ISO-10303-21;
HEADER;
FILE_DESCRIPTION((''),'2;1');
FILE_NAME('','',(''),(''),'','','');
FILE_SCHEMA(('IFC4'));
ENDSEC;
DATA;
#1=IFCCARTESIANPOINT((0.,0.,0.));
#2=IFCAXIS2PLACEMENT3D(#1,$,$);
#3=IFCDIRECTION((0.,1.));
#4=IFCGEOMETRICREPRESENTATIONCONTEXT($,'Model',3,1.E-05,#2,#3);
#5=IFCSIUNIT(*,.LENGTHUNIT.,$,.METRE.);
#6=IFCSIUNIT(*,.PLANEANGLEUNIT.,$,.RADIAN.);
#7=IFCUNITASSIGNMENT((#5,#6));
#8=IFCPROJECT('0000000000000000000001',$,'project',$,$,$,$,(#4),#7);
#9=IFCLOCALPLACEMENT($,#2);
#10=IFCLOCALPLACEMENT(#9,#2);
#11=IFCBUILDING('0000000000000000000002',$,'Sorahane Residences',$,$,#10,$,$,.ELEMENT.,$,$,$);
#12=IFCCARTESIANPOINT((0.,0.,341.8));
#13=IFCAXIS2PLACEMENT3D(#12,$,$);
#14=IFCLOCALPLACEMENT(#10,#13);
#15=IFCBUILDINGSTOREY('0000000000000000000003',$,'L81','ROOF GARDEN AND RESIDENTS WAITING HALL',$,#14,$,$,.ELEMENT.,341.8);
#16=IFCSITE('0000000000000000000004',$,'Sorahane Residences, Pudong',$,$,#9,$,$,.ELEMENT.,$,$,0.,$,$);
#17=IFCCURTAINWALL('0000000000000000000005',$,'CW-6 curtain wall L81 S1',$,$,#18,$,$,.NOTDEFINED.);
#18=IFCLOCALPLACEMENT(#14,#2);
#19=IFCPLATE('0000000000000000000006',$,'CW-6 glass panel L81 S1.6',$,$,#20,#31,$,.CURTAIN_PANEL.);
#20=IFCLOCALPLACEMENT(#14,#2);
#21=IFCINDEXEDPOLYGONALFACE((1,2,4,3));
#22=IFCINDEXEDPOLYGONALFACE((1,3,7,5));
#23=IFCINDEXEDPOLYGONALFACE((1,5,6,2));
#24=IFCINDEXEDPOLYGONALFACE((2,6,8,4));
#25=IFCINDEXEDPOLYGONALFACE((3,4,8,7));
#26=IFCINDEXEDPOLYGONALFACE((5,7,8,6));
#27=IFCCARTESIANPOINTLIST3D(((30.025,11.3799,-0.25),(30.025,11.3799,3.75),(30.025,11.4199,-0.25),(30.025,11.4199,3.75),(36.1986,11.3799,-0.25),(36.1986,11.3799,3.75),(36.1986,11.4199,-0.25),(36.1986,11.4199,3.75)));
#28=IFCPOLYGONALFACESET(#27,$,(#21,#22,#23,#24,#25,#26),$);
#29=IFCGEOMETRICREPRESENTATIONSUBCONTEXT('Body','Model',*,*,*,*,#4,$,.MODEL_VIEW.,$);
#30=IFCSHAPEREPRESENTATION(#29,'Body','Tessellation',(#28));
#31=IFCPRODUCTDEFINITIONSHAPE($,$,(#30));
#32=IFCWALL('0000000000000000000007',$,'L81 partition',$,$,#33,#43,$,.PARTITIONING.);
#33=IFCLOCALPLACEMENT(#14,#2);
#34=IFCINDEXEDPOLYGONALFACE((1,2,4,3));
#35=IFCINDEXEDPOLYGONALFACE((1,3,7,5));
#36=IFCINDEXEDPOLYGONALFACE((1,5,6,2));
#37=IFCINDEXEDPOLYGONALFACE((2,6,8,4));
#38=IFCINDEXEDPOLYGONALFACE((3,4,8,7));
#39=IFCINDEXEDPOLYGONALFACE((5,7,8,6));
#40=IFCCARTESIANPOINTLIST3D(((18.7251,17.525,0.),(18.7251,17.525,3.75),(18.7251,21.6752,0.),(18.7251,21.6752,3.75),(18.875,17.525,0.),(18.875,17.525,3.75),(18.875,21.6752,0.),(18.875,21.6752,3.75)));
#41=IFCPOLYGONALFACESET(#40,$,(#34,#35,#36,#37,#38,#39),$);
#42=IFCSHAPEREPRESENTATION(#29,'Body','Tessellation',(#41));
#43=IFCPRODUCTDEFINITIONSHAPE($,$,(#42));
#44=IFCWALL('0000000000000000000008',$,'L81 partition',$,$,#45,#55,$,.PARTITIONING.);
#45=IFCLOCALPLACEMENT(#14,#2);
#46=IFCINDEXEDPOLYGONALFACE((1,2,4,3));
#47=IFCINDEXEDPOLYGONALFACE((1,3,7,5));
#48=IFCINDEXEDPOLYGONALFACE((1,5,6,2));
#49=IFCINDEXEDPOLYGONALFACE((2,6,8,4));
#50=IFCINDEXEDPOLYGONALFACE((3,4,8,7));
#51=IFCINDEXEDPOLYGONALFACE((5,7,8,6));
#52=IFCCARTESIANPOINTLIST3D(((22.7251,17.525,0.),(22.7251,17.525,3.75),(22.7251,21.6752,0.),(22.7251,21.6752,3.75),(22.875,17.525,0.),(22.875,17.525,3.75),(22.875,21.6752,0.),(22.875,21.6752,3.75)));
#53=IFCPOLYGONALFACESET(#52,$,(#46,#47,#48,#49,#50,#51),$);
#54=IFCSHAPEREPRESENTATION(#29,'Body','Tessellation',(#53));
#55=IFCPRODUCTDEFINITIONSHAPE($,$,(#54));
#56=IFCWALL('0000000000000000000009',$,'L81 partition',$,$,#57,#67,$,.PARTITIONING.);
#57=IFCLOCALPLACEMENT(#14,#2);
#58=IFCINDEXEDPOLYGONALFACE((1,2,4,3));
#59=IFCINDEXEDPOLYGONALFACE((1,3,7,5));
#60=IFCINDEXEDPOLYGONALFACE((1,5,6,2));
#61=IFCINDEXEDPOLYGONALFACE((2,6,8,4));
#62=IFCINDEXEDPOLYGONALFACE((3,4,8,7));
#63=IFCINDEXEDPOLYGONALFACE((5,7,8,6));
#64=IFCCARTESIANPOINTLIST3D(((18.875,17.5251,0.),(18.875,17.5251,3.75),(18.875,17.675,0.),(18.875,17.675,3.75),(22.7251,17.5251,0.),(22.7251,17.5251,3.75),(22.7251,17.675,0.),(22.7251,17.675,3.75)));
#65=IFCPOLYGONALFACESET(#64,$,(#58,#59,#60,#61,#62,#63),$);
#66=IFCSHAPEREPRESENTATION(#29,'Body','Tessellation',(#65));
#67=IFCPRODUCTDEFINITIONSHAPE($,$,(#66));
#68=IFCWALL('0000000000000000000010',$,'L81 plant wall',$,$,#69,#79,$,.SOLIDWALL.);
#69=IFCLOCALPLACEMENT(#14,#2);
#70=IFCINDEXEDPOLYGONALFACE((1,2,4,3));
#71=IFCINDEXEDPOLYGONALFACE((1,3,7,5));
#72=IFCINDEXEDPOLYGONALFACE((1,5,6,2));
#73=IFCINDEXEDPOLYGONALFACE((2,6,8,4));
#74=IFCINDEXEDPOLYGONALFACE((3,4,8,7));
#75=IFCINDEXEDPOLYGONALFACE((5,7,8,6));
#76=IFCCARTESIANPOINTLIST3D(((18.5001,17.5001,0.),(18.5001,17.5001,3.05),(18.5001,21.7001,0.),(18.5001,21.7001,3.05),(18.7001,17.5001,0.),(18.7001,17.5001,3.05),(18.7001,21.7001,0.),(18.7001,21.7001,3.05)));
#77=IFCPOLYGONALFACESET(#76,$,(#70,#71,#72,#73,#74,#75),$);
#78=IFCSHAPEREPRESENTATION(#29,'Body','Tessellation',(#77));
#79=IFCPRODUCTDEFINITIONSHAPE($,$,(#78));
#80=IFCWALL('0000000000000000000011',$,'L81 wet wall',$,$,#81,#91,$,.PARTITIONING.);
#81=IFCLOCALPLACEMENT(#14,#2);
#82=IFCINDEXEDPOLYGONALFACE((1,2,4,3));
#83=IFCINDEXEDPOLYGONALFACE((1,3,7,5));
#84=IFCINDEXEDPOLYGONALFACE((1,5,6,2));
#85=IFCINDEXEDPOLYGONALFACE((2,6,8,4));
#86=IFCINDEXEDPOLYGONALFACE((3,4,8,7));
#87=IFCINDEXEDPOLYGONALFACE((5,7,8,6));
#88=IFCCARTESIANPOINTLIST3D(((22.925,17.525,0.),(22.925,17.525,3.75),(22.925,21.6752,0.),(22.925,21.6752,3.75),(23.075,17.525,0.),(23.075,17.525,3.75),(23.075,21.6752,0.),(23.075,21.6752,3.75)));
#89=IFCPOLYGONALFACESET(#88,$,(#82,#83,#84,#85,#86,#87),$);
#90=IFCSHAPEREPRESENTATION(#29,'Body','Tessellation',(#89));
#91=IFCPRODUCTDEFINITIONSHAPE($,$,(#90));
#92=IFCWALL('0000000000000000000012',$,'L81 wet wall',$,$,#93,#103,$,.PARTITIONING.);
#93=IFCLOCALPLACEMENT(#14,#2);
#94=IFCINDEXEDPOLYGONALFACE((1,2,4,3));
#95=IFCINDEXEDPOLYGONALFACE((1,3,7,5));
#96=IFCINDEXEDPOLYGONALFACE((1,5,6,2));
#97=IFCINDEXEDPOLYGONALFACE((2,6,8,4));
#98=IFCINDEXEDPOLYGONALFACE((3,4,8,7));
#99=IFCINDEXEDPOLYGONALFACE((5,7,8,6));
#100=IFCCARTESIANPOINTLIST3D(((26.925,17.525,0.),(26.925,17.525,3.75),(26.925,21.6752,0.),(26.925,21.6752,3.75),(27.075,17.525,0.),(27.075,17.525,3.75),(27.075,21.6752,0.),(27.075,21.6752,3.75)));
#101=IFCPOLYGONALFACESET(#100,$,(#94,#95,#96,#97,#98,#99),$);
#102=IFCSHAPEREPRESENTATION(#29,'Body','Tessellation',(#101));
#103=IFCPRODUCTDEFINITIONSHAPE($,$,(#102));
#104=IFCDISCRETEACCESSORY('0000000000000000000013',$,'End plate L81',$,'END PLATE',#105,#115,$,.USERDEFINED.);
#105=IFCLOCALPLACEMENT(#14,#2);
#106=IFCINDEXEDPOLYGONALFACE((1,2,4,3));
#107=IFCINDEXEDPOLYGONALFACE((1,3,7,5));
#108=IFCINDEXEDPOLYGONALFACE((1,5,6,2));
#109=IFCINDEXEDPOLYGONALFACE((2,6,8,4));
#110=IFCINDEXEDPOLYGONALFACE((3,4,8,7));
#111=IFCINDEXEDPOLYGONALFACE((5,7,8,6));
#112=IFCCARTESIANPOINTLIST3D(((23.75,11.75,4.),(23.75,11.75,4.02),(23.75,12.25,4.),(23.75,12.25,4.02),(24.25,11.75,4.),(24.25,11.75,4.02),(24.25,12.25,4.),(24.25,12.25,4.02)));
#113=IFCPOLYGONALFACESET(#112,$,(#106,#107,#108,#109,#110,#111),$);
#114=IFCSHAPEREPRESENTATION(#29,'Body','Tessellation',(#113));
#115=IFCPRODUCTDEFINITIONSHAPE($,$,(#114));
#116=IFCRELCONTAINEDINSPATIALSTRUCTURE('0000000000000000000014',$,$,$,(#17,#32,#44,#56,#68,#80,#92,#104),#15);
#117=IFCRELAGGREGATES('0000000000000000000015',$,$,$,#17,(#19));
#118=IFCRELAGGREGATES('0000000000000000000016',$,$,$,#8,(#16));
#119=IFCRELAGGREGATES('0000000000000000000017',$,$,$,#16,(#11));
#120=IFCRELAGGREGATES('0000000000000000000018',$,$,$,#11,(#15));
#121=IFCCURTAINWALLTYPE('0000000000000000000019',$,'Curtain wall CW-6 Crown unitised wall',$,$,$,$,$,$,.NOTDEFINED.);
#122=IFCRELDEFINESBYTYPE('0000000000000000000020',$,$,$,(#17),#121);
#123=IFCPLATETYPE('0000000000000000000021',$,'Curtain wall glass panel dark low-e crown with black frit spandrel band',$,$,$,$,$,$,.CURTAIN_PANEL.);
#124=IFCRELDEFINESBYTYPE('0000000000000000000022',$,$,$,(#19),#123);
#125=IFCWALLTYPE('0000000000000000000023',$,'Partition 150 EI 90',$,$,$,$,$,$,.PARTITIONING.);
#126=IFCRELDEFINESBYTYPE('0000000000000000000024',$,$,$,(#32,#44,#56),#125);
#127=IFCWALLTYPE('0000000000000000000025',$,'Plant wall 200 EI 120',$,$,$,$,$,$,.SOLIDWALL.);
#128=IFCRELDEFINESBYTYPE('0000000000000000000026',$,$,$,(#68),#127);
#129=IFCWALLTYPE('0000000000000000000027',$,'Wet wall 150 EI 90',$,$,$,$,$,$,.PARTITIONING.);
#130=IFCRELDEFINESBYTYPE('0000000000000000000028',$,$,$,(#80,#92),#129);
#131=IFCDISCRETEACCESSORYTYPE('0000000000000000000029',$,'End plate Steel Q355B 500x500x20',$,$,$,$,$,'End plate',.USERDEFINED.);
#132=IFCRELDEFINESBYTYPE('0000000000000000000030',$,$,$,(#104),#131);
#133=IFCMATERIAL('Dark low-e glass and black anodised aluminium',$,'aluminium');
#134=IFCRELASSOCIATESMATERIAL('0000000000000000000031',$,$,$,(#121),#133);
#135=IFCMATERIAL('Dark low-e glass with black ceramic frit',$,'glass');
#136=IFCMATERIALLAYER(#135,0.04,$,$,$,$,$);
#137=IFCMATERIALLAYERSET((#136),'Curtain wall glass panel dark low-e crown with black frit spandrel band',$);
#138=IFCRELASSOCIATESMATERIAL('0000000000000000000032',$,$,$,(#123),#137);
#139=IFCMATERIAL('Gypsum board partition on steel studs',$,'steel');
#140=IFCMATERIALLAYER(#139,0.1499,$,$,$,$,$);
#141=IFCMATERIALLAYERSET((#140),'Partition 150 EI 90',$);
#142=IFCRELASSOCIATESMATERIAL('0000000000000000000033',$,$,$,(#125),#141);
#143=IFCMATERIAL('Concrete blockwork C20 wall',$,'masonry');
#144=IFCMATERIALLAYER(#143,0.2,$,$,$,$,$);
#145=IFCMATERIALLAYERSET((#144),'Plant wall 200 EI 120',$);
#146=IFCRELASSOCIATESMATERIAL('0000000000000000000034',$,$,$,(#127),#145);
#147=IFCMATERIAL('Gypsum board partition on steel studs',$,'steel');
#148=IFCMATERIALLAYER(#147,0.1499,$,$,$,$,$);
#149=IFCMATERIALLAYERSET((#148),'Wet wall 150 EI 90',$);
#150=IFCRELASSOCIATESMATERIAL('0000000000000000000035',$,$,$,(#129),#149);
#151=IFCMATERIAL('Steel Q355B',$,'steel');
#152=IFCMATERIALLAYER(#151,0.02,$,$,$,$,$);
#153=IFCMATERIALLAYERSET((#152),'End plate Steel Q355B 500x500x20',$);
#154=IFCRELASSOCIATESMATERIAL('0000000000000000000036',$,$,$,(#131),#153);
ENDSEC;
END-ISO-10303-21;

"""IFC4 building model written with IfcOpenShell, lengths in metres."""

from ifc_helpers import new_model, si_unit, direction, frame, frame_2d, origin, origin_2d, place, context, subcontext, project, spatial, rectangle, extrude, material, layer, layer_set, type_object, element, aggregate, save


model = new_model("IFC4")

# Units and contexts
model_context = context("Model", 3, precision=1e-05, world=origin(), true_north=direction((0.0, 1.0)))
body_context = subcontext(model_context, "Body", "Model", "MODEL_VIEW")
ifc_project = project(units=[si_unit("LENGTHUNIT", "METRE"), si_unit("PLANEANGLEUNIT", "RADIAN")], contexts=[model_context])

# Site, building, storey
site_placement = place(None, origin())
site = spatial("IfcSite", under=ifc_project, at=site_placement, Name="Sorahane Residences, Pudong", CompositionType="ELEMENT", RefElevation=0.0)
building_placement = place(site_placement, origin())
building = spatial("IfcBuilding", under=site, at=building_placement, Name="Sorahane Residences", CompositionType="ELEMENT")
storey_placement = place(building_placement, frame((0.0, 0.0, 341.8)))
storey = spatial("IfcBuildingStorey", under=building, at=storey_placement, Name="L81", Description="ROOF GARDEN AND RESIDENTS WAITING HALL", CompositionType="ELEMENT", Elevation=341.8)

# Curtain wall
ifc_material_1 = material(Name="Dark low-e glass and black anodised aluminium", Category="aluminium")
curtain_wall_type = type_object("IfcCurtainWallType", Name="Curtain wall CW-6 Crown unitised wall", PredefinedType="NOTDEFINED", material=ifc_material_1)
curtain_wall_placement = place(storey_placement, origin())
curtain_wall = element("IfcCurtainWall", 1, at=curtain_wall_placement, inside=storey, type_object=curtain_wall_type, Name="CW-6 curtain wall L81 S1", PredefinedType="NOTDEFINED")

# Plate
ifc_material_2 = material(Name="Dark low-e glass with black ceramic frit", Category="glass")
ifc_layer_1 = layer(ifc_material_2, 0.04)
ifc_layer_set_1 = layer_set([ifc_layer_1], Name="Curtain wall glass panel dark low-e crown with black frit spandrel band")
plate_type = type_object("IfcPlateType", Name="Curtain wall glass panel dark low-e crown with black frit spandrel band", PredefinedType="CURTAIN_PANEL", material=ifc_layer_set_1)
plate_1_placement = place(storey_placement, frame((33.1118, 11.3999, -0.25), z_axis=(0.0, 0.0, 1.0), x_axis=(1.0, 0.0, 0.0)))
plate_1 = element("IfcPlate", 2, at=plate_1_placement, type_object=plate_type, Name="CW-6 glass panel L81 S1.6", PredefinedType="CURTAIN_PANEL", context=body_context, shape_type="SweptSolid", body=[
    extrude(rectangle(XDim=6.1736, YDim=0.04, at=origin_2d()), origin(), (0.0, 0.0, 1.0), 4.0),
])
aggregate(curtain_wall, [plate_1])

# Walls
ifc_material_3 = material(Name="Gypsum board partition on steel studs", Category="steel")
ifc_layer_2 = layer(ifc_material_3, 0.1499)
ifc_layer_set_2 = layer_set([ifc_layer_2], Name="Partition 150 EI 90")
wall_type_1 = type_object("IfcWallType", Name="Partition 150 EI 90", PredefinedType="PARTITIONING", material=ifc_layer_set_2)
for number, where, z_axis, x_axis, name in (
    (3, (18.8, 17.5249, 0.0), (0.0, 0.0, 1.0), (0.0, 1.0, 0.0), "L81 partition"),
    (4, (22.8, 17.5249, 0.0), (0.0, 0.0, 1.0), (0.0, 1.0, 0.0), "L81 partition"),
):
    element("IfcWall", number, at=place(storey_placement, frame(where, z_axis=z_axis, x_axis=x_axis)), inside=storey, type_object=wall_type_1, Name=name, PredefinedType="PARTITIONING", context=body_context, shape_type="SweptSolid", body=[
        extrude(rectangle(XDim=4.1501, YDim=0.1499, at=frame_2d((2.0752, 0.0))), origin(), (0.0, 0.0, 1.0), 3.75),
    ])
wall_1_placement = place(storey_placement, frame((18.875, 17.6001, 0.0), z_axis=(0.0, 0.0, 1.0), x_axis=(1.0, 0.0, 0.0)))
element("IfcWall", 5, at=wall_1_placement, inside=storey, type_object=wall_type_1, Name="L81 partition", PredefinedType="PARTITIONING", context=body_context, shape_type="SweptSolid", body=[
    extrude(rectangle(XDim=3.8501, YDim=0.1499, at=frame_2d((1.925, 0.0))), origin(), (0.0, 0.0, 1.0), 3.75),
])
ifc_material_4 = material(Name="Concrete blockwork C20 wall", Category="masonry")
ifc_layer_3 = layer(ifc_material_4, 0.2)
ifc_layer_set_3 = layer_set([ifc_layer_3], Name="Plant wall 200 EI 120")
wall_type_2 = type_object("IfcWallType", Name="Plant wall 200 EI 120", PredefinedType="SOLIDWALL", material=ifc_layer_set_3)
wall_2_placement = place(storey_placement, frame((18.6001, 17.5, 0.0), z_axis=(0.0, 0.0, 1.0), x_axis=(0.0, 1.0, 0.0)))
element("IfcWall", 6, at=wall_2_placement, inside=storey, type_object=wall_type_2, Name="L81 plant wall", PredefinedType="SOLIDWALL", context=body_context, shape_type="SweptSolid", body=[
    extrude(rectangle(XDim=4.2, YDim=0.2, at=frame_2d((2.1001, 0.0))), origin(), (0.0, 0.0, 1.0), 3.05),
])
ifc_material_5 = material(Name="Gypsum board partition on steel studs", Category="steel")
ifc_layer_4 = layer(ifc_material_5, 0.1499)
ifc_layer_set_4 = layer_set([ifc_layer_4], Name="Wet wall 150 EI 90")
wall_type_3 = type_object("IfcWallType", Name="Wet wall 150 EI 90", PredefinedType="PARTITIONING", material=ifc_layer_set_4)
for number, where, z_axis, x_axis, name in (
    (7, (23.0, 17.5249, 0.0), (0.0, 0.0, 1.0), (0.0, 1.0, 0.0), "L81 wet wall"),
    (8, (27.0, 17.5249, 0.0), (0.0, 0.0, 1.0), (0.0, 1.0, 0.0), "L81 wet wall"),
):
    element("IfcWall", number, at=place(storey_placement, frame(where, z_axis=z_axis, x_axis=x_axis)), inside=storey, type_object=wall_type_3, Name=name, PredefinedType="PARTITIONING", context=body_context, shape_type="SweptSolid", body=[
        extrude(rectangle(XDim=4.1501, YDim=0.1499, at=frame_2d((2.0752, 0.0))), origin(), (0.0, 0.0, 1.0), 3.75),
    ])

# Discrete accessory
ifc_material_6 = material(Name="Steel Q355B", Category="steel")
ifc_layer_5 = layer(ifc_material_6, 0.02)
ifc_layer_set_5 = layer_set([ifc_layer_5], Name="End plate Steel Q355B 500x500x20")
discrete_accessory_type = type_object("IfcDiscreteAccessoryType", Name="End plate Steel Q355B 500x500x20", ElementType="End plate", PredefinedType="USERDEFINED", material=ifc_layer_set_5)
discrete_accessory_placement = place(storey_placement, frame((24.0, 12.0, 4.0), z_axis=(0.0, 0.0, 1.0), x_axis=(1.0, 0.0, 0.0)))
element("IfcDiscreteAccessory", 9, at=discrete_accessory_placement, inside=storey, type_object=discrete_accessory_type, Name="End plate L81", ObjectType="END PLATE", PredefinedType="USERDEFINED", context=body_context, shape_type="SweptSolid", body=[
    extrude(rectangle(XDim=0.5, YDim=0.5, at=origin_2d()), origin(), (0.0, 0.0, 1.0), 0.02),
])

save(model, "model.ifc")
